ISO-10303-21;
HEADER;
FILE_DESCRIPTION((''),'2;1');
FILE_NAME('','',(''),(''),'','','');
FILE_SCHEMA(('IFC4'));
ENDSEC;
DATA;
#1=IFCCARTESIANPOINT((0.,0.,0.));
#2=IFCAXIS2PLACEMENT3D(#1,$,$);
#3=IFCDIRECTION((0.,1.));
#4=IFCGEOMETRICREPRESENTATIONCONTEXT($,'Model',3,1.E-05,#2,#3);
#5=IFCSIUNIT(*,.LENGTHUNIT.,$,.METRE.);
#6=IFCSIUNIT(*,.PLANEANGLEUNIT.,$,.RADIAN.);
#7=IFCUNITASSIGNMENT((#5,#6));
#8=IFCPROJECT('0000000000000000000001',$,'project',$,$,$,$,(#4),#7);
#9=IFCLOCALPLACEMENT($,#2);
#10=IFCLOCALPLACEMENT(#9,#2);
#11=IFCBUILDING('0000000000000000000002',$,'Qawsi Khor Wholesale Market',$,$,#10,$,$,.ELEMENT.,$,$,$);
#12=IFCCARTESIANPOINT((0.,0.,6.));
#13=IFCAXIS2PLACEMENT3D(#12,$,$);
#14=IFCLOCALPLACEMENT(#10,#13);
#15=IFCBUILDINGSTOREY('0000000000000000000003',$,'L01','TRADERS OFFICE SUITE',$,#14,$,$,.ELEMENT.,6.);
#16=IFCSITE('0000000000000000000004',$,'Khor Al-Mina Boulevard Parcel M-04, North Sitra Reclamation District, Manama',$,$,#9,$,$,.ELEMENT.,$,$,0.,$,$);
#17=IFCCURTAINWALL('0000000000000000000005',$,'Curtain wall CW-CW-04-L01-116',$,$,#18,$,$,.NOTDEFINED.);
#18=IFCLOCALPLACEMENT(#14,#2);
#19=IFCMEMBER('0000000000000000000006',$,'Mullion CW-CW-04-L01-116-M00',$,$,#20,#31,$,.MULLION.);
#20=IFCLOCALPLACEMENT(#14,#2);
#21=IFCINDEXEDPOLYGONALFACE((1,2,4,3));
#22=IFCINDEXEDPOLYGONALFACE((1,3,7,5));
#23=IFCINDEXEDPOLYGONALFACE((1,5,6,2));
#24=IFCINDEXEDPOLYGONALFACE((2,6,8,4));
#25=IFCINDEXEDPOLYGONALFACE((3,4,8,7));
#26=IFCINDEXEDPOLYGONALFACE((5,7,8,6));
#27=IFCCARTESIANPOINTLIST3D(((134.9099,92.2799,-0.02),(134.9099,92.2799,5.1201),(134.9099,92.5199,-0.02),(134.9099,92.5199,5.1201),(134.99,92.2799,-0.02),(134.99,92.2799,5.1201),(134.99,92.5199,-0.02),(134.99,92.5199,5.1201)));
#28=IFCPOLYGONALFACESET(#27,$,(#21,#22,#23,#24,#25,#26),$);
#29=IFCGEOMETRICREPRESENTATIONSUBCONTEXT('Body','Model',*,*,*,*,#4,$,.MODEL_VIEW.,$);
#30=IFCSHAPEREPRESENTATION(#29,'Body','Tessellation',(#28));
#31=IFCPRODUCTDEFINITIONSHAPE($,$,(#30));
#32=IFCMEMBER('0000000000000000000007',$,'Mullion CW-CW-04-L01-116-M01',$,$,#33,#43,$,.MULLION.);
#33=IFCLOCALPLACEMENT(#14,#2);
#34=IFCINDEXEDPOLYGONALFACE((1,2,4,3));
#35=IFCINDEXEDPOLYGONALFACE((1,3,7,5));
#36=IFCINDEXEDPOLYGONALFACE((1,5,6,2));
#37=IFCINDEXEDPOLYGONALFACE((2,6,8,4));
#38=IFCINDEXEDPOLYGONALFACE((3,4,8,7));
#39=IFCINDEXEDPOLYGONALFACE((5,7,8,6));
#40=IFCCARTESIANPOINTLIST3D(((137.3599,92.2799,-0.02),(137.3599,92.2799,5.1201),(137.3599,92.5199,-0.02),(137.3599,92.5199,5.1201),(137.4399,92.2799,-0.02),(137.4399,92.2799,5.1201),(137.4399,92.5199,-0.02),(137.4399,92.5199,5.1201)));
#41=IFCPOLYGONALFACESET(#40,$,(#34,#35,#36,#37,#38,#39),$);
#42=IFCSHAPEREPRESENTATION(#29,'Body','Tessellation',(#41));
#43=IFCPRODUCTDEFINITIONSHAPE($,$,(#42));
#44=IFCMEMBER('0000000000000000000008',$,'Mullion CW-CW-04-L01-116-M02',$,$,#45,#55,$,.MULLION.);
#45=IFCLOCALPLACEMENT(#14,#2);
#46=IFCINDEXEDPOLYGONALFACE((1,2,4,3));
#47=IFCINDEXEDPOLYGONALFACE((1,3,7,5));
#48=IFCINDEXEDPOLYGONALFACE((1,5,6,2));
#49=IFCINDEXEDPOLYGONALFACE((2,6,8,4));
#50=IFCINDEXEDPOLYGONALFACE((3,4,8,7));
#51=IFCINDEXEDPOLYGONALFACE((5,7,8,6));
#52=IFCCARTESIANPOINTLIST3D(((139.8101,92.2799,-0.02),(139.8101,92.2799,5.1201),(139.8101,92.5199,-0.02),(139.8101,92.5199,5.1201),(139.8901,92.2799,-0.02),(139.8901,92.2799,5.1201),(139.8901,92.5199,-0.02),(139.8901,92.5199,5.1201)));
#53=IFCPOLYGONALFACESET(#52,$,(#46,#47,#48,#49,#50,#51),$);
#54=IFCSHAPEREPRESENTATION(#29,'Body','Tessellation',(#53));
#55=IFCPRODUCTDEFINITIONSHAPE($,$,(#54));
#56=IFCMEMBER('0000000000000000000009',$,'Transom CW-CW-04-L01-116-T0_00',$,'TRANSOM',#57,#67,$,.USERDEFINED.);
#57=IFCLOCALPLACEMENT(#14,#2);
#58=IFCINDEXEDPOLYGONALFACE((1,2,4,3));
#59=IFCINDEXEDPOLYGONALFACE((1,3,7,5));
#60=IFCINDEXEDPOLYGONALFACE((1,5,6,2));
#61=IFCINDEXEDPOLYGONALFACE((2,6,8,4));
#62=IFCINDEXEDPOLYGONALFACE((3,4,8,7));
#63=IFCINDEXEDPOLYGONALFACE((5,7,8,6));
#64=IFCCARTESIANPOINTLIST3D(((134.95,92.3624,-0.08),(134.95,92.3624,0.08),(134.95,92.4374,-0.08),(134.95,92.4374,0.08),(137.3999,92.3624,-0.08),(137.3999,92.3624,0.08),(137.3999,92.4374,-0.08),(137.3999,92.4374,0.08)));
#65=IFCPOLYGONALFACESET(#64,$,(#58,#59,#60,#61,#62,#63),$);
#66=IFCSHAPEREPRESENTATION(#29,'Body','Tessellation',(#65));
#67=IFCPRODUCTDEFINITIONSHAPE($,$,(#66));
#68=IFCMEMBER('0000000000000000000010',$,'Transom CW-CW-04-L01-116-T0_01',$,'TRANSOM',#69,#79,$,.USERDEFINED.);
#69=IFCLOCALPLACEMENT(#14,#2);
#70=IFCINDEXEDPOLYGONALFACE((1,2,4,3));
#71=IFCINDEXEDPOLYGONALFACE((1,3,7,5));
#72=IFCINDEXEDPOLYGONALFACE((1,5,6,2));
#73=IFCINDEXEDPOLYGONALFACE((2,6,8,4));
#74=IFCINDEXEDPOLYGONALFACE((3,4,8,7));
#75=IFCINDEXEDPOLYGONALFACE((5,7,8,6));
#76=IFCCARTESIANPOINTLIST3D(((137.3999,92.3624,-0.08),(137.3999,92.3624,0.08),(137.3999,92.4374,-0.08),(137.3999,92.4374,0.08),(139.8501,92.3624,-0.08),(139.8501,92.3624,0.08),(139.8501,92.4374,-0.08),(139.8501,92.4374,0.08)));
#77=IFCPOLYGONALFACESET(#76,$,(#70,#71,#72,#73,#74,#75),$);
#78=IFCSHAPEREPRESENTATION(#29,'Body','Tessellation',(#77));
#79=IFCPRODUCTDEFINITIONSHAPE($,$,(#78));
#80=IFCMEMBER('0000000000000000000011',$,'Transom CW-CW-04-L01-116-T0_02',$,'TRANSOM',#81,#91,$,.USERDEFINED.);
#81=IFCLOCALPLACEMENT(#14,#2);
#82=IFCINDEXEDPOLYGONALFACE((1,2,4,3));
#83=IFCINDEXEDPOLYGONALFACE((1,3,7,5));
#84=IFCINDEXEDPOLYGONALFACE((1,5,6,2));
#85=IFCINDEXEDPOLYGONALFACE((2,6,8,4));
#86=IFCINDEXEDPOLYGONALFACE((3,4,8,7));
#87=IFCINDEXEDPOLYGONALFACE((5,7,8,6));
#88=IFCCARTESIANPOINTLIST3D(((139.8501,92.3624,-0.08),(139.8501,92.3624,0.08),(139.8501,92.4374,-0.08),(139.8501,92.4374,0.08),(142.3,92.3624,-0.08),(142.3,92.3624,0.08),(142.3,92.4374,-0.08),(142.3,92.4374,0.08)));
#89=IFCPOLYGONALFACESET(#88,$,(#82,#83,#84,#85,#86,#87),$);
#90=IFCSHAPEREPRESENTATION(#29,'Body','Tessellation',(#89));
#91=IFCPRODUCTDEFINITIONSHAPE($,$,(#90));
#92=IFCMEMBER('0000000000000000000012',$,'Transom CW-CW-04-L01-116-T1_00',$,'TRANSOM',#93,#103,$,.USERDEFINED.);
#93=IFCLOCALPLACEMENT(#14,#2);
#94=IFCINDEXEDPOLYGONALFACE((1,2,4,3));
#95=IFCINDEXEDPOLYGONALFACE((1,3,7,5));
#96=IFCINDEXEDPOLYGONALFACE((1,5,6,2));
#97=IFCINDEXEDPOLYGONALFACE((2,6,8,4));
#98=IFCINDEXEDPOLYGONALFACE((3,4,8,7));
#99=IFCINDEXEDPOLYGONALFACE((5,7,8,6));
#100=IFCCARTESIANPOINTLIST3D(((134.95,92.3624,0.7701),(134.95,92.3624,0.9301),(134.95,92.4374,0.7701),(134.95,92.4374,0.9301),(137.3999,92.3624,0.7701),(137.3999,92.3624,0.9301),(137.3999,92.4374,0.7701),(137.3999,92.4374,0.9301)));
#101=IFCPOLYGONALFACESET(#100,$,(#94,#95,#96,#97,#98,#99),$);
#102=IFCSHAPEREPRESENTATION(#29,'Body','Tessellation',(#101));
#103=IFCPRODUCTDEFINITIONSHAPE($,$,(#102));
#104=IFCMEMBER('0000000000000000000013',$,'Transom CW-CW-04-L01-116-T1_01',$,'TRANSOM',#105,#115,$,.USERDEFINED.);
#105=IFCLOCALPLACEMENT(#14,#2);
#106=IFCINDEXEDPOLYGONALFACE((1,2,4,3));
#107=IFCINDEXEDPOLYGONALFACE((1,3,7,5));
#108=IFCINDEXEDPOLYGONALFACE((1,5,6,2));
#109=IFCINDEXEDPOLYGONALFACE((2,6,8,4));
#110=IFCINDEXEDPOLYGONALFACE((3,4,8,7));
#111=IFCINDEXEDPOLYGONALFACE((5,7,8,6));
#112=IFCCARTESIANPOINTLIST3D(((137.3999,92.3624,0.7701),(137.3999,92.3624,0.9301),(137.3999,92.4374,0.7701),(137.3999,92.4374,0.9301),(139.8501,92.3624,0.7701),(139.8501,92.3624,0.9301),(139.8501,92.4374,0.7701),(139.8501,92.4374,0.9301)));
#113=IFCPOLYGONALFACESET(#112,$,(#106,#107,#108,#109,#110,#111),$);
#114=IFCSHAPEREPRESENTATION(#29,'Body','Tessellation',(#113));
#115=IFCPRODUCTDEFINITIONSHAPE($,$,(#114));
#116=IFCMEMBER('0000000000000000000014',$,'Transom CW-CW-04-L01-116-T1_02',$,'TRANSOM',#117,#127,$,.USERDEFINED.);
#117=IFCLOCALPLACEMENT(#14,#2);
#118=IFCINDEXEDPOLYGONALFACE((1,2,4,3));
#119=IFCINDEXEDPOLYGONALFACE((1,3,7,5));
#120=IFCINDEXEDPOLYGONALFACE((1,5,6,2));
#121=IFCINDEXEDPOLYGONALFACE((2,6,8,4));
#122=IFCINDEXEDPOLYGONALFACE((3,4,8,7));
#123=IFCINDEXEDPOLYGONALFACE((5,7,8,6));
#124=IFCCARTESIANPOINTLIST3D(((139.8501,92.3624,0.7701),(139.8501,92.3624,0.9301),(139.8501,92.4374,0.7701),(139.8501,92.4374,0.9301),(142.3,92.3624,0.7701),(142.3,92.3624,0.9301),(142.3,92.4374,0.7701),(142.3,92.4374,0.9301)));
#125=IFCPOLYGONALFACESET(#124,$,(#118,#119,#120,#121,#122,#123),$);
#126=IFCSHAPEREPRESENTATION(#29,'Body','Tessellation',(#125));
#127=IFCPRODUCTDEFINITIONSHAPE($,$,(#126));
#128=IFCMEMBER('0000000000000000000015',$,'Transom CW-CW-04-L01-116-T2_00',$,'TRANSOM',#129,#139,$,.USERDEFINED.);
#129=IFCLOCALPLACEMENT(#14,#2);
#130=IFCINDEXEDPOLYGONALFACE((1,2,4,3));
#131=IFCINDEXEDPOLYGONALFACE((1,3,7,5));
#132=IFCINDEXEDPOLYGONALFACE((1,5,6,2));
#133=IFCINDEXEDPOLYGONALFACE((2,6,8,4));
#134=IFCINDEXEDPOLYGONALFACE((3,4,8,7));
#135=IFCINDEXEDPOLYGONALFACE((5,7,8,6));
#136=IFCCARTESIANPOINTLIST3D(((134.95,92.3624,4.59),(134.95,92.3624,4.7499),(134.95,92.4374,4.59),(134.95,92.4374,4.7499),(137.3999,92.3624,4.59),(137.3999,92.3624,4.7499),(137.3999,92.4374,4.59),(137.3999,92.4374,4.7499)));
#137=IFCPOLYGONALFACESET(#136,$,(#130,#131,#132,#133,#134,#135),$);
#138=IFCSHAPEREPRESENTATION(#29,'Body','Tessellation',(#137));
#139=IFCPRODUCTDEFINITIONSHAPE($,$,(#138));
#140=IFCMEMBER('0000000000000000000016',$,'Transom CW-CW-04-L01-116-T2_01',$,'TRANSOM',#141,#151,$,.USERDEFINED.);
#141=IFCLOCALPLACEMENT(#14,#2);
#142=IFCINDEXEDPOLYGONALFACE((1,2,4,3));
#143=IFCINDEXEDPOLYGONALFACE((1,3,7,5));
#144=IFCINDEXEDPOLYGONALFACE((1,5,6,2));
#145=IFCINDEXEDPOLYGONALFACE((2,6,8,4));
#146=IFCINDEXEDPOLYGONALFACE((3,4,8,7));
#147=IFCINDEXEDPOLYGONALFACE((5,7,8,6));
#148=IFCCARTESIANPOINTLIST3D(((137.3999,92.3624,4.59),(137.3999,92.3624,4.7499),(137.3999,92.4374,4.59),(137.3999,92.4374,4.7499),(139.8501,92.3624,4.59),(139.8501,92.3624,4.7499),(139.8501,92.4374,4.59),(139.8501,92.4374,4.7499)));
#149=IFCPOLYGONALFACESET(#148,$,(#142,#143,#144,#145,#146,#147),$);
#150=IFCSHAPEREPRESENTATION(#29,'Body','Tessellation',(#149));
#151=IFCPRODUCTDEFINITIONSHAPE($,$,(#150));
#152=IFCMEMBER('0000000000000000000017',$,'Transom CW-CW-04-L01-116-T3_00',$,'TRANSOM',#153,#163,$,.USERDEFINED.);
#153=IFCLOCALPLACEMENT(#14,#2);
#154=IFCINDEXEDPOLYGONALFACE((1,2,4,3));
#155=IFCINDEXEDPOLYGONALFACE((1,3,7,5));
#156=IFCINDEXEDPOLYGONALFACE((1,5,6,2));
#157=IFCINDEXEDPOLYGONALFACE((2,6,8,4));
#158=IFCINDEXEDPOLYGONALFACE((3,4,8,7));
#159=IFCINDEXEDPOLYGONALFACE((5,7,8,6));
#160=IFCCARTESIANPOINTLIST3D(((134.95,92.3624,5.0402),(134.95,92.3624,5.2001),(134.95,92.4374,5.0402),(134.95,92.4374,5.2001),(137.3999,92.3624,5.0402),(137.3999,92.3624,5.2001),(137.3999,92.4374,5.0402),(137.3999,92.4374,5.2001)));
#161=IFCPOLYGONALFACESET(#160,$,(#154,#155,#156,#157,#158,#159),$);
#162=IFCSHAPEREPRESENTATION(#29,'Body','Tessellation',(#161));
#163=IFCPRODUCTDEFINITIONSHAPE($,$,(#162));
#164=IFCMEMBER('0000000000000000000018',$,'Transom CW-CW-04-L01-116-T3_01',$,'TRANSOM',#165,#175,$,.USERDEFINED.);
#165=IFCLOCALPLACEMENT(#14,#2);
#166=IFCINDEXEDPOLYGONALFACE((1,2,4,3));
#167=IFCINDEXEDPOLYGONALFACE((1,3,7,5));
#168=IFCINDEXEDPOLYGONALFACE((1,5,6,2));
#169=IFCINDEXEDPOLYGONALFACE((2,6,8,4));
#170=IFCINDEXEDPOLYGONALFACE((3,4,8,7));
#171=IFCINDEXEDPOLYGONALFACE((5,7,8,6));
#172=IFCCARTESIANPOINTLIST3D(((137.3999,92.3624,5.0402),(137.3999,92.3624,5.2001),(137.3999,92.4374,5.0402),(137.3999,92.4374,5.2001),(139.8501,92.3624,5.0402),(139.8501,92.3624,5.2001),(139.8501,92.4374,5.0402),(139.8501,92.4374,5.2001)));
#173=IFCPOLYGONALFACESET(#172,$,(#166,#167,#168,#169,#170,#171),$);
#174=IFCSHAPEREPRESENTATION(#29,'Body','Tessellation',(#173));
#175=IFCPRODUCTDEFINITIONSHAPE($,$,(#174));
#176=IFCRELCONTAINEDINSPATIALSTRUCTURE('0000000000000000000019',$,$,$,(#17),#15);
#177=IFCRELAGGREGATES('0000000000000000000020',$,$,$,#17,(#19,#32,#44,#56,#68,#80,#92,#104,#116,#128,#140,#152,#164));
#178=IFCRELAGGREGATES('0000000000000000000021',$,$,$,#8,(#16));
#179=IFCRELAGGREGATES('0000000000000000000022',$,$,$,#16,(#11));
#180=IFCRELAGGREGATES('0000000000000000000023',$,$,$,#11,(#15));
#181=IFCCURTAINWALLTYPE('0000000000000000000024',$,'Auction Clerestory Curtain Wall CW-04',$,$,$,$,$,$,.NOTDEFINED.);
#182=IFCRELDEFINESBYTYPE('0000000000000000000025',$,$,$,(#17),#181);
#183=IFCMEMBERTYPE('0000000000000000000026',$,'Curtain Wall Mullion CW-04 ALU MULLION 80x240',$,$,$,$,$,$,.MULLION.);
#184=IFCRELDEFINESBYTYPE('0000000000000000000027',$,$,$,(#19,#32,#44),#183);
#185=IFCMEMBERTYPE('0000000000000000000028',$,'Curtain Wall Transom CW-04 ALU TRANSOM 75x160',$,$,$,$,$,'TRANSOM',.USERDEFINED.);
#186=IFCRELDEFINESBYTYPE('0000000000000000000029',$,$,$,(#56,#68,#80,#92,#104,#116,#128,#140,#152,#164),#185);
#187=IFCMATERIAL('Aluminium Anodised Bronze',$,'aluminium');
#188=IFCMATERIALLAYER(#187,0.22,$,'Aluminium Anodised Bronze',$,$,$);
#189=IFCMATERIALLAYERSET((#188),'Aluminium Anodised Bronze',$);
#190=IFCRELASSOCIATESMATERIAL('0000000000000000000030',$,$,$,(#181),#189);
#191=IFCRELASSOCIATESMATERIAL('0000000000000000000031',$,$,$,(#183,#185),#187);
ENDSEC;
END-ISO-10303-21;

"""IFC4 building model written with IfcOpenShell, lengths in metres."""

from ifc_helpers import new_model, si_unit, direction, frame, origin, origin_2d, place, context, subcontext, project, spatial, rectangle, extrude, material, layer, layer_set, material_profile, profile_set, type_object, element, aggregate, save


model = new_model("IFC4")

# Units and contexts
model_context = context("Model", 3, precision=1e-05, world=origin(), true_north=direction((0.0, 1.0)))
body_context = subcontext(model_context, "Body", "Model", "MODEL_VIEW")
ifc_project = project(units=[si_unit("LENGTHUNIT", "METRE"), si_unit("PLANEANGLEUNIT", "RADIAN")], contexts=[model_context])

# Site, building, storey
site_placement = place(None, origin())
site = spatial("IfcSite", under=ifc_project, at=site_placement, Name="Khor Al-Mina Boulevard Parcel M-04, North Sitra Reclamation District, Manama", CompositionType="ELEMENT", RefElevation=0.0)
building_placement = place(site_placement, origin())
building = spatial("IfcBuilding", under=site, at=building_placement, Name="Qawsi Khor Wholesale Market", CompositionType="ELEMENT")
storey_placement = place(building_placement, frame((0.0, 0.0, 6.0)))
storey = spatial("IfcBuildingStorey", under=building, at=storey_placement, Name="L01", Description="TRADERS OFFICE SUITE", CompositionType="ELEMENT", Elevation=6.0)

# Curtain wall, members
ifc_material_1 = material(Name="Aluminium Anodised Bronze", Category="aluminium")
ifc_layer_1 = layer(ifc_material_1, 0.22, Name="Aluminium Anodised Bronze")
ifc_layer_set_1 = layer_set([ifc_layer_1], Name="Aluminium Anodised Bronze")
curtain_wall_type = type_object("IfcCurtainWallType", Name="Auction Clerestory Curtain Wall CW-04", PredefinedType="NOTDEFINED", material=ifc_layer_set_1)
curtain_wall_placement = place(storey_placement, origin())
curtain_wall = element("IfcCurtainWall", 1, at=curtain_wall_placement, inside=storey, type_object=curtain_wall_type, Name="Curtain wall CW-CW-04-L01-116", PredefinedType="NOTDEFINED")
ifc_material_profile_1 = material_profile(ifc_material_1, rectangle(XDim=0.0801, YDim=0.24, at=origin_2d()), Name="ALU MULLION 80x240")
ifc_profile_set_1 = profile_set([ifc_material_profile_1], Name="Aluminium Anodised Bronze")
member_type_1 = type_object("IfcMemberType", Name="Curtain Wall Mullion CW-04 ALU MULLION 80x240", PredefinedType="MULLION", material=ifc_profile_set_1)
member_1_placement = place(storey_placement, frame((134.95, 92.3999, -0.02), z_axis=(0.0, 0.0, 1.0), x_axis=(1.0, 0.0, 0.0)))
member_1 = element("IfcMember", 2, at=member_1_placement, type_object=member_type_1, Name="Mullion CW-CW-04-L01-116-M00", PredefinedType="MULLION", context=body_context, shape_type="SweptSolid", body=[
    extrude(rectangle(XDim=0.0801, YDim=0.24, at=origin_2d()), origin(), (0.0, 0.0, 1.0), 5.1401),
])
member_2_placement = place(storey_placement, frame((137.3999, 92.3999, -0.02), z_axis=(0.0, 0.0, 1.0), x_axis=(1.0, 0.0, 0.0)))
member_2 = element("IfcMember", 3, at=member_2_placement, type_object=member_type_1, Name="Mullion CW-CW-04-L01-116-M01", PredefinedType="MULLION", context=body_context, shape_type="SweptSolid", body=[
    extrude(rectangle(XDim=0.0801, YDim=0.24, at=origin_2d()), origin(), (0.0, 0.0, 1.0), 5.1401),
])
member_3_placement = place(storey_placement, frame((139.8501, 92.3999, -0.02), z_axis=(0.0, 0.0, 1.0), x_axis=(1.0, 0.0, 0.0)))
member_3 = element("IfcMember", 4, at=member_3_placement, type_object=member_type_1, Name="Mullion CW-CW-04-L01-116-M02", PredefinedType="MULLION", context=body_context, shape_type="SweptSolid", body=[
    extrude(rectangle(XDim=0.0801, YDim=0.24, at=origin_2d()), origin(), (0.0, 0.0, 1.0), 5.1401),
])
ifc_material_profile_2 = material_profile(ifc_material_1, rectangle(XDim=0.075, YDim=0.1599, at=origin_2d()), Name="ALU TRANSOM 75x160")
ifc_profile_set_2 = profile_set([ifc_material_profile_2], Name="Aluminium Anodised Bronze")
member_type_2 = type_object("IfcMemberType", Name="Curtain Wall Transom CW-04 ALU TRANSOM 75x160", ElementType="TRANSOM", PredefinedType="USERDEFINED", material=ifc_profile_set_2)
member_4_placement = place(storey_placement, frame((134.95, 92.3999, 0.0), z_axis=(1.0, 0.0, 0.0), x_axis=(0.0, 1.0, 0.0)))
member_4 = element("IfcMember", 5, at=member_4_placement, type_object=member_type_2, Name="Transom CW-CW-04-L01-116-T0_00", ObjectType="TRANSOM", PredefinedType="USERDEFINED", context=body_context, shape_type="SweptSolid", body=[
    extrude(rectangle(XDim=0.075, YDim=0.1599, at=origin_2d()), origin(), (0.0, 0.0, 1.0), 2.45),
])
member_5_placement = place(storey_placement, frame((137.3999, 92.3999, 0.0), z_axis=(1.0, 0.0, 0.0), x_axis=(0.0, 1.0, 0.0)))
member_5 = element("IfcMember", 6, at=member_5_placement, type_object=member_type_2, Name="Transom CW-CW-04-L01-116-T0_01", ObjectType="TRANSOM", PredefinedType="USERDEFINED", context=body_context, shape_type="SweptSolid", body=[
    extrude(rectangle(XDim=0.075, YDim=0.1599, at=origin_2d()), origin(), (0.0, 0.0, 1.0), 2.4502),
])
member_6_placement = place(storey_placement, frame((139.8501, 92.3999, 0.0), z_axis=(1.0, 0.0, 0.0), x_axis=(0.0, 1.0, 0.0)))
member_6 = element("IfcMember", 7, at=member_6_placement, type_object=member_type_2, Name="Transom CW-CW-04-L01-116-T0_02", ObjectType="TRANSOM", PredefinedType="USERDEFINED", context=body_context, shape_type="SweptSolid", body=[
    extrude(rectangle(XDim=0.075, YDim=0.1599, at=origin_2d()), origin(), (0.0, 0.0, 1.0), 2.45),
])
member_7_placement = place(storey_placement, frame((134.95, 92.3999, 0.8501), z_axis=(1.0, 0.0, 0.0), x_axis=(0.0, 1.0, 0.0)))
member_7 = element("IfcMember", 8, at=member_7_placement, type_object=member_type_2, Name="Transom CW-CW-04-L01-116-T1_00", ObjectType="TRANSOM", PredefinedType="USERDEFINED", context=body_context, shape_type="SweptSolid", body=[
    extrude(rectangle(XDim=0.075, YDim=0.1599, at=origin_2d()), origin(), (0.0, 0.0, 1.0), 2.45),
])
member_8_placement = place(storey_placement, frame((137.3999, 92.3999, 0.8501), z_axis=(1.0, 0.0, 0.0), x_axis=(0.0, 1.0, 0.0)))
member_8 = element("IfcMember", 9, at=member_8_placement, type_object=member_type_2, Name="Transom CW-CW-04-L01-116-T1_01", ObjectType="TRANSOM", PredefinedType="USERDEFINED", context=body_context, shape_type="SweptSolid", body=[
    extrude(rectangle(XDim=0.075, YDim=0.1599, at=origin_2d()), origin(), (0.0, 0.0, 1.0), 2.4502),
])
member_9_placement = place(storey_placement, frame((139.8501, 92.3999, 0.8501), z_axis=(1.0, 0.0, 0.0), x_axis=(0.0, 1.0, 0.0)))
member_9 = element("IfcMember", 10, at=member_9_placement, type_object=member_type_2, Name="Transom CW-CW-04-L01-116-T1_02", ObjectType="TRANSOM", PredefinedType="USERDEFINED", context=body_context, shape_type="SweptSolid", body=[
    extrude(rectangle(XDim=0.075, YDim=0.1599, at=origin_2d()), origin(), (0.0, 0.0, 1.0), 2.45),
])
member_10_placement = place(storey_placement, frame((134.95, 92.3999, 4.6699), z_axis=(1.0, 0.0, 0.0), x_axis=(0.0, 1.0, 0.0)))
member_10 = element("IfcMember", 11, at=member_10_placement, type_object=member_type_2, Name="Transom CW-CW-04-L01-116-T2_00", ObjectType="TRANSOM", PredefinedType="USERDEFINED", context=body_context, shape_type="SweptSolid", body=[
    extrude(rectangle(XDim=0.075, YDim=0.1599, at=origin_2d()), origin(), (0.0, 0.0, 1.0), 2.45),
])
member_11_placement = place(storey_placement, frame((137.3999, 92.3999, 4.6699), z_axis=(1.0, 0.0, 0.0), x_axis=(0.0, 1.0, 0.0)))
member_11 = element("IfcMember", 12, at=member_11_placement, type_object=member_type_2, Name="Transom CW-CW-04-L01-116-T2_01", ObjectType="TRANSOM", PredefinedType="USERDEFINED", context=body_context, shape_type="SweptSolid", body=[
    extrude(rectangle(XDim=0.075, YDim=0.1599, at=origin_2d()), origin(), (0.0, 0.0, 1.0), 2.4502),
])
member_12_placement = place(storey_placement, frame((134.95, 92.3999, 5.1201), z_axis=(1.0, 0.0, 0.0), x_axis=(0.0, 1.0, 0.0)))
member_12 = element("IfcMember", 13, at=member_12_placement, type_object=member_type_2, Name="Transom CW-CW-04-L01-116-T3_00", ObjectType="TRANSOM", PredefinedType="USERDEFINED", context=body_context, shape_type="SweptSolid", body=[
    extrude(rectangle(XDim=0.075, YDim=0.1599, at=origin_2d()), origin(), (0.0, 0.0, 1.0), 2.45),
])
member_13_placement = place(storey_placement, frame((137.3999, 92.3999, 5.1201), z_axis=(1.0, 0.0, 0.0), x_axis=(0.0, 1.0, 0.0)))
member_13 = element("IfcMember", 14, at=member_13_placement, type_object=member_type_2, Name="Transom CW-CW-04-L01-116-T3_01", ObjectType="TRANSOM", PredefinedType="USERDEFINED", context=body_context, shape_type="SweptSolid", body=[
    extrude(rectangle(XDim=0.075, YDim=0.1599, at=origin_2d()), origin(), (0.0, 0.0, 1.0), 2.4502),
])

aggregate(curtain_wall, [member_1, member_2, member_3, member_4, member_5, member_6, member_7, member_8, member_9, member_10, member_11, member_12, member_13])

save(model, "model.ifc")
